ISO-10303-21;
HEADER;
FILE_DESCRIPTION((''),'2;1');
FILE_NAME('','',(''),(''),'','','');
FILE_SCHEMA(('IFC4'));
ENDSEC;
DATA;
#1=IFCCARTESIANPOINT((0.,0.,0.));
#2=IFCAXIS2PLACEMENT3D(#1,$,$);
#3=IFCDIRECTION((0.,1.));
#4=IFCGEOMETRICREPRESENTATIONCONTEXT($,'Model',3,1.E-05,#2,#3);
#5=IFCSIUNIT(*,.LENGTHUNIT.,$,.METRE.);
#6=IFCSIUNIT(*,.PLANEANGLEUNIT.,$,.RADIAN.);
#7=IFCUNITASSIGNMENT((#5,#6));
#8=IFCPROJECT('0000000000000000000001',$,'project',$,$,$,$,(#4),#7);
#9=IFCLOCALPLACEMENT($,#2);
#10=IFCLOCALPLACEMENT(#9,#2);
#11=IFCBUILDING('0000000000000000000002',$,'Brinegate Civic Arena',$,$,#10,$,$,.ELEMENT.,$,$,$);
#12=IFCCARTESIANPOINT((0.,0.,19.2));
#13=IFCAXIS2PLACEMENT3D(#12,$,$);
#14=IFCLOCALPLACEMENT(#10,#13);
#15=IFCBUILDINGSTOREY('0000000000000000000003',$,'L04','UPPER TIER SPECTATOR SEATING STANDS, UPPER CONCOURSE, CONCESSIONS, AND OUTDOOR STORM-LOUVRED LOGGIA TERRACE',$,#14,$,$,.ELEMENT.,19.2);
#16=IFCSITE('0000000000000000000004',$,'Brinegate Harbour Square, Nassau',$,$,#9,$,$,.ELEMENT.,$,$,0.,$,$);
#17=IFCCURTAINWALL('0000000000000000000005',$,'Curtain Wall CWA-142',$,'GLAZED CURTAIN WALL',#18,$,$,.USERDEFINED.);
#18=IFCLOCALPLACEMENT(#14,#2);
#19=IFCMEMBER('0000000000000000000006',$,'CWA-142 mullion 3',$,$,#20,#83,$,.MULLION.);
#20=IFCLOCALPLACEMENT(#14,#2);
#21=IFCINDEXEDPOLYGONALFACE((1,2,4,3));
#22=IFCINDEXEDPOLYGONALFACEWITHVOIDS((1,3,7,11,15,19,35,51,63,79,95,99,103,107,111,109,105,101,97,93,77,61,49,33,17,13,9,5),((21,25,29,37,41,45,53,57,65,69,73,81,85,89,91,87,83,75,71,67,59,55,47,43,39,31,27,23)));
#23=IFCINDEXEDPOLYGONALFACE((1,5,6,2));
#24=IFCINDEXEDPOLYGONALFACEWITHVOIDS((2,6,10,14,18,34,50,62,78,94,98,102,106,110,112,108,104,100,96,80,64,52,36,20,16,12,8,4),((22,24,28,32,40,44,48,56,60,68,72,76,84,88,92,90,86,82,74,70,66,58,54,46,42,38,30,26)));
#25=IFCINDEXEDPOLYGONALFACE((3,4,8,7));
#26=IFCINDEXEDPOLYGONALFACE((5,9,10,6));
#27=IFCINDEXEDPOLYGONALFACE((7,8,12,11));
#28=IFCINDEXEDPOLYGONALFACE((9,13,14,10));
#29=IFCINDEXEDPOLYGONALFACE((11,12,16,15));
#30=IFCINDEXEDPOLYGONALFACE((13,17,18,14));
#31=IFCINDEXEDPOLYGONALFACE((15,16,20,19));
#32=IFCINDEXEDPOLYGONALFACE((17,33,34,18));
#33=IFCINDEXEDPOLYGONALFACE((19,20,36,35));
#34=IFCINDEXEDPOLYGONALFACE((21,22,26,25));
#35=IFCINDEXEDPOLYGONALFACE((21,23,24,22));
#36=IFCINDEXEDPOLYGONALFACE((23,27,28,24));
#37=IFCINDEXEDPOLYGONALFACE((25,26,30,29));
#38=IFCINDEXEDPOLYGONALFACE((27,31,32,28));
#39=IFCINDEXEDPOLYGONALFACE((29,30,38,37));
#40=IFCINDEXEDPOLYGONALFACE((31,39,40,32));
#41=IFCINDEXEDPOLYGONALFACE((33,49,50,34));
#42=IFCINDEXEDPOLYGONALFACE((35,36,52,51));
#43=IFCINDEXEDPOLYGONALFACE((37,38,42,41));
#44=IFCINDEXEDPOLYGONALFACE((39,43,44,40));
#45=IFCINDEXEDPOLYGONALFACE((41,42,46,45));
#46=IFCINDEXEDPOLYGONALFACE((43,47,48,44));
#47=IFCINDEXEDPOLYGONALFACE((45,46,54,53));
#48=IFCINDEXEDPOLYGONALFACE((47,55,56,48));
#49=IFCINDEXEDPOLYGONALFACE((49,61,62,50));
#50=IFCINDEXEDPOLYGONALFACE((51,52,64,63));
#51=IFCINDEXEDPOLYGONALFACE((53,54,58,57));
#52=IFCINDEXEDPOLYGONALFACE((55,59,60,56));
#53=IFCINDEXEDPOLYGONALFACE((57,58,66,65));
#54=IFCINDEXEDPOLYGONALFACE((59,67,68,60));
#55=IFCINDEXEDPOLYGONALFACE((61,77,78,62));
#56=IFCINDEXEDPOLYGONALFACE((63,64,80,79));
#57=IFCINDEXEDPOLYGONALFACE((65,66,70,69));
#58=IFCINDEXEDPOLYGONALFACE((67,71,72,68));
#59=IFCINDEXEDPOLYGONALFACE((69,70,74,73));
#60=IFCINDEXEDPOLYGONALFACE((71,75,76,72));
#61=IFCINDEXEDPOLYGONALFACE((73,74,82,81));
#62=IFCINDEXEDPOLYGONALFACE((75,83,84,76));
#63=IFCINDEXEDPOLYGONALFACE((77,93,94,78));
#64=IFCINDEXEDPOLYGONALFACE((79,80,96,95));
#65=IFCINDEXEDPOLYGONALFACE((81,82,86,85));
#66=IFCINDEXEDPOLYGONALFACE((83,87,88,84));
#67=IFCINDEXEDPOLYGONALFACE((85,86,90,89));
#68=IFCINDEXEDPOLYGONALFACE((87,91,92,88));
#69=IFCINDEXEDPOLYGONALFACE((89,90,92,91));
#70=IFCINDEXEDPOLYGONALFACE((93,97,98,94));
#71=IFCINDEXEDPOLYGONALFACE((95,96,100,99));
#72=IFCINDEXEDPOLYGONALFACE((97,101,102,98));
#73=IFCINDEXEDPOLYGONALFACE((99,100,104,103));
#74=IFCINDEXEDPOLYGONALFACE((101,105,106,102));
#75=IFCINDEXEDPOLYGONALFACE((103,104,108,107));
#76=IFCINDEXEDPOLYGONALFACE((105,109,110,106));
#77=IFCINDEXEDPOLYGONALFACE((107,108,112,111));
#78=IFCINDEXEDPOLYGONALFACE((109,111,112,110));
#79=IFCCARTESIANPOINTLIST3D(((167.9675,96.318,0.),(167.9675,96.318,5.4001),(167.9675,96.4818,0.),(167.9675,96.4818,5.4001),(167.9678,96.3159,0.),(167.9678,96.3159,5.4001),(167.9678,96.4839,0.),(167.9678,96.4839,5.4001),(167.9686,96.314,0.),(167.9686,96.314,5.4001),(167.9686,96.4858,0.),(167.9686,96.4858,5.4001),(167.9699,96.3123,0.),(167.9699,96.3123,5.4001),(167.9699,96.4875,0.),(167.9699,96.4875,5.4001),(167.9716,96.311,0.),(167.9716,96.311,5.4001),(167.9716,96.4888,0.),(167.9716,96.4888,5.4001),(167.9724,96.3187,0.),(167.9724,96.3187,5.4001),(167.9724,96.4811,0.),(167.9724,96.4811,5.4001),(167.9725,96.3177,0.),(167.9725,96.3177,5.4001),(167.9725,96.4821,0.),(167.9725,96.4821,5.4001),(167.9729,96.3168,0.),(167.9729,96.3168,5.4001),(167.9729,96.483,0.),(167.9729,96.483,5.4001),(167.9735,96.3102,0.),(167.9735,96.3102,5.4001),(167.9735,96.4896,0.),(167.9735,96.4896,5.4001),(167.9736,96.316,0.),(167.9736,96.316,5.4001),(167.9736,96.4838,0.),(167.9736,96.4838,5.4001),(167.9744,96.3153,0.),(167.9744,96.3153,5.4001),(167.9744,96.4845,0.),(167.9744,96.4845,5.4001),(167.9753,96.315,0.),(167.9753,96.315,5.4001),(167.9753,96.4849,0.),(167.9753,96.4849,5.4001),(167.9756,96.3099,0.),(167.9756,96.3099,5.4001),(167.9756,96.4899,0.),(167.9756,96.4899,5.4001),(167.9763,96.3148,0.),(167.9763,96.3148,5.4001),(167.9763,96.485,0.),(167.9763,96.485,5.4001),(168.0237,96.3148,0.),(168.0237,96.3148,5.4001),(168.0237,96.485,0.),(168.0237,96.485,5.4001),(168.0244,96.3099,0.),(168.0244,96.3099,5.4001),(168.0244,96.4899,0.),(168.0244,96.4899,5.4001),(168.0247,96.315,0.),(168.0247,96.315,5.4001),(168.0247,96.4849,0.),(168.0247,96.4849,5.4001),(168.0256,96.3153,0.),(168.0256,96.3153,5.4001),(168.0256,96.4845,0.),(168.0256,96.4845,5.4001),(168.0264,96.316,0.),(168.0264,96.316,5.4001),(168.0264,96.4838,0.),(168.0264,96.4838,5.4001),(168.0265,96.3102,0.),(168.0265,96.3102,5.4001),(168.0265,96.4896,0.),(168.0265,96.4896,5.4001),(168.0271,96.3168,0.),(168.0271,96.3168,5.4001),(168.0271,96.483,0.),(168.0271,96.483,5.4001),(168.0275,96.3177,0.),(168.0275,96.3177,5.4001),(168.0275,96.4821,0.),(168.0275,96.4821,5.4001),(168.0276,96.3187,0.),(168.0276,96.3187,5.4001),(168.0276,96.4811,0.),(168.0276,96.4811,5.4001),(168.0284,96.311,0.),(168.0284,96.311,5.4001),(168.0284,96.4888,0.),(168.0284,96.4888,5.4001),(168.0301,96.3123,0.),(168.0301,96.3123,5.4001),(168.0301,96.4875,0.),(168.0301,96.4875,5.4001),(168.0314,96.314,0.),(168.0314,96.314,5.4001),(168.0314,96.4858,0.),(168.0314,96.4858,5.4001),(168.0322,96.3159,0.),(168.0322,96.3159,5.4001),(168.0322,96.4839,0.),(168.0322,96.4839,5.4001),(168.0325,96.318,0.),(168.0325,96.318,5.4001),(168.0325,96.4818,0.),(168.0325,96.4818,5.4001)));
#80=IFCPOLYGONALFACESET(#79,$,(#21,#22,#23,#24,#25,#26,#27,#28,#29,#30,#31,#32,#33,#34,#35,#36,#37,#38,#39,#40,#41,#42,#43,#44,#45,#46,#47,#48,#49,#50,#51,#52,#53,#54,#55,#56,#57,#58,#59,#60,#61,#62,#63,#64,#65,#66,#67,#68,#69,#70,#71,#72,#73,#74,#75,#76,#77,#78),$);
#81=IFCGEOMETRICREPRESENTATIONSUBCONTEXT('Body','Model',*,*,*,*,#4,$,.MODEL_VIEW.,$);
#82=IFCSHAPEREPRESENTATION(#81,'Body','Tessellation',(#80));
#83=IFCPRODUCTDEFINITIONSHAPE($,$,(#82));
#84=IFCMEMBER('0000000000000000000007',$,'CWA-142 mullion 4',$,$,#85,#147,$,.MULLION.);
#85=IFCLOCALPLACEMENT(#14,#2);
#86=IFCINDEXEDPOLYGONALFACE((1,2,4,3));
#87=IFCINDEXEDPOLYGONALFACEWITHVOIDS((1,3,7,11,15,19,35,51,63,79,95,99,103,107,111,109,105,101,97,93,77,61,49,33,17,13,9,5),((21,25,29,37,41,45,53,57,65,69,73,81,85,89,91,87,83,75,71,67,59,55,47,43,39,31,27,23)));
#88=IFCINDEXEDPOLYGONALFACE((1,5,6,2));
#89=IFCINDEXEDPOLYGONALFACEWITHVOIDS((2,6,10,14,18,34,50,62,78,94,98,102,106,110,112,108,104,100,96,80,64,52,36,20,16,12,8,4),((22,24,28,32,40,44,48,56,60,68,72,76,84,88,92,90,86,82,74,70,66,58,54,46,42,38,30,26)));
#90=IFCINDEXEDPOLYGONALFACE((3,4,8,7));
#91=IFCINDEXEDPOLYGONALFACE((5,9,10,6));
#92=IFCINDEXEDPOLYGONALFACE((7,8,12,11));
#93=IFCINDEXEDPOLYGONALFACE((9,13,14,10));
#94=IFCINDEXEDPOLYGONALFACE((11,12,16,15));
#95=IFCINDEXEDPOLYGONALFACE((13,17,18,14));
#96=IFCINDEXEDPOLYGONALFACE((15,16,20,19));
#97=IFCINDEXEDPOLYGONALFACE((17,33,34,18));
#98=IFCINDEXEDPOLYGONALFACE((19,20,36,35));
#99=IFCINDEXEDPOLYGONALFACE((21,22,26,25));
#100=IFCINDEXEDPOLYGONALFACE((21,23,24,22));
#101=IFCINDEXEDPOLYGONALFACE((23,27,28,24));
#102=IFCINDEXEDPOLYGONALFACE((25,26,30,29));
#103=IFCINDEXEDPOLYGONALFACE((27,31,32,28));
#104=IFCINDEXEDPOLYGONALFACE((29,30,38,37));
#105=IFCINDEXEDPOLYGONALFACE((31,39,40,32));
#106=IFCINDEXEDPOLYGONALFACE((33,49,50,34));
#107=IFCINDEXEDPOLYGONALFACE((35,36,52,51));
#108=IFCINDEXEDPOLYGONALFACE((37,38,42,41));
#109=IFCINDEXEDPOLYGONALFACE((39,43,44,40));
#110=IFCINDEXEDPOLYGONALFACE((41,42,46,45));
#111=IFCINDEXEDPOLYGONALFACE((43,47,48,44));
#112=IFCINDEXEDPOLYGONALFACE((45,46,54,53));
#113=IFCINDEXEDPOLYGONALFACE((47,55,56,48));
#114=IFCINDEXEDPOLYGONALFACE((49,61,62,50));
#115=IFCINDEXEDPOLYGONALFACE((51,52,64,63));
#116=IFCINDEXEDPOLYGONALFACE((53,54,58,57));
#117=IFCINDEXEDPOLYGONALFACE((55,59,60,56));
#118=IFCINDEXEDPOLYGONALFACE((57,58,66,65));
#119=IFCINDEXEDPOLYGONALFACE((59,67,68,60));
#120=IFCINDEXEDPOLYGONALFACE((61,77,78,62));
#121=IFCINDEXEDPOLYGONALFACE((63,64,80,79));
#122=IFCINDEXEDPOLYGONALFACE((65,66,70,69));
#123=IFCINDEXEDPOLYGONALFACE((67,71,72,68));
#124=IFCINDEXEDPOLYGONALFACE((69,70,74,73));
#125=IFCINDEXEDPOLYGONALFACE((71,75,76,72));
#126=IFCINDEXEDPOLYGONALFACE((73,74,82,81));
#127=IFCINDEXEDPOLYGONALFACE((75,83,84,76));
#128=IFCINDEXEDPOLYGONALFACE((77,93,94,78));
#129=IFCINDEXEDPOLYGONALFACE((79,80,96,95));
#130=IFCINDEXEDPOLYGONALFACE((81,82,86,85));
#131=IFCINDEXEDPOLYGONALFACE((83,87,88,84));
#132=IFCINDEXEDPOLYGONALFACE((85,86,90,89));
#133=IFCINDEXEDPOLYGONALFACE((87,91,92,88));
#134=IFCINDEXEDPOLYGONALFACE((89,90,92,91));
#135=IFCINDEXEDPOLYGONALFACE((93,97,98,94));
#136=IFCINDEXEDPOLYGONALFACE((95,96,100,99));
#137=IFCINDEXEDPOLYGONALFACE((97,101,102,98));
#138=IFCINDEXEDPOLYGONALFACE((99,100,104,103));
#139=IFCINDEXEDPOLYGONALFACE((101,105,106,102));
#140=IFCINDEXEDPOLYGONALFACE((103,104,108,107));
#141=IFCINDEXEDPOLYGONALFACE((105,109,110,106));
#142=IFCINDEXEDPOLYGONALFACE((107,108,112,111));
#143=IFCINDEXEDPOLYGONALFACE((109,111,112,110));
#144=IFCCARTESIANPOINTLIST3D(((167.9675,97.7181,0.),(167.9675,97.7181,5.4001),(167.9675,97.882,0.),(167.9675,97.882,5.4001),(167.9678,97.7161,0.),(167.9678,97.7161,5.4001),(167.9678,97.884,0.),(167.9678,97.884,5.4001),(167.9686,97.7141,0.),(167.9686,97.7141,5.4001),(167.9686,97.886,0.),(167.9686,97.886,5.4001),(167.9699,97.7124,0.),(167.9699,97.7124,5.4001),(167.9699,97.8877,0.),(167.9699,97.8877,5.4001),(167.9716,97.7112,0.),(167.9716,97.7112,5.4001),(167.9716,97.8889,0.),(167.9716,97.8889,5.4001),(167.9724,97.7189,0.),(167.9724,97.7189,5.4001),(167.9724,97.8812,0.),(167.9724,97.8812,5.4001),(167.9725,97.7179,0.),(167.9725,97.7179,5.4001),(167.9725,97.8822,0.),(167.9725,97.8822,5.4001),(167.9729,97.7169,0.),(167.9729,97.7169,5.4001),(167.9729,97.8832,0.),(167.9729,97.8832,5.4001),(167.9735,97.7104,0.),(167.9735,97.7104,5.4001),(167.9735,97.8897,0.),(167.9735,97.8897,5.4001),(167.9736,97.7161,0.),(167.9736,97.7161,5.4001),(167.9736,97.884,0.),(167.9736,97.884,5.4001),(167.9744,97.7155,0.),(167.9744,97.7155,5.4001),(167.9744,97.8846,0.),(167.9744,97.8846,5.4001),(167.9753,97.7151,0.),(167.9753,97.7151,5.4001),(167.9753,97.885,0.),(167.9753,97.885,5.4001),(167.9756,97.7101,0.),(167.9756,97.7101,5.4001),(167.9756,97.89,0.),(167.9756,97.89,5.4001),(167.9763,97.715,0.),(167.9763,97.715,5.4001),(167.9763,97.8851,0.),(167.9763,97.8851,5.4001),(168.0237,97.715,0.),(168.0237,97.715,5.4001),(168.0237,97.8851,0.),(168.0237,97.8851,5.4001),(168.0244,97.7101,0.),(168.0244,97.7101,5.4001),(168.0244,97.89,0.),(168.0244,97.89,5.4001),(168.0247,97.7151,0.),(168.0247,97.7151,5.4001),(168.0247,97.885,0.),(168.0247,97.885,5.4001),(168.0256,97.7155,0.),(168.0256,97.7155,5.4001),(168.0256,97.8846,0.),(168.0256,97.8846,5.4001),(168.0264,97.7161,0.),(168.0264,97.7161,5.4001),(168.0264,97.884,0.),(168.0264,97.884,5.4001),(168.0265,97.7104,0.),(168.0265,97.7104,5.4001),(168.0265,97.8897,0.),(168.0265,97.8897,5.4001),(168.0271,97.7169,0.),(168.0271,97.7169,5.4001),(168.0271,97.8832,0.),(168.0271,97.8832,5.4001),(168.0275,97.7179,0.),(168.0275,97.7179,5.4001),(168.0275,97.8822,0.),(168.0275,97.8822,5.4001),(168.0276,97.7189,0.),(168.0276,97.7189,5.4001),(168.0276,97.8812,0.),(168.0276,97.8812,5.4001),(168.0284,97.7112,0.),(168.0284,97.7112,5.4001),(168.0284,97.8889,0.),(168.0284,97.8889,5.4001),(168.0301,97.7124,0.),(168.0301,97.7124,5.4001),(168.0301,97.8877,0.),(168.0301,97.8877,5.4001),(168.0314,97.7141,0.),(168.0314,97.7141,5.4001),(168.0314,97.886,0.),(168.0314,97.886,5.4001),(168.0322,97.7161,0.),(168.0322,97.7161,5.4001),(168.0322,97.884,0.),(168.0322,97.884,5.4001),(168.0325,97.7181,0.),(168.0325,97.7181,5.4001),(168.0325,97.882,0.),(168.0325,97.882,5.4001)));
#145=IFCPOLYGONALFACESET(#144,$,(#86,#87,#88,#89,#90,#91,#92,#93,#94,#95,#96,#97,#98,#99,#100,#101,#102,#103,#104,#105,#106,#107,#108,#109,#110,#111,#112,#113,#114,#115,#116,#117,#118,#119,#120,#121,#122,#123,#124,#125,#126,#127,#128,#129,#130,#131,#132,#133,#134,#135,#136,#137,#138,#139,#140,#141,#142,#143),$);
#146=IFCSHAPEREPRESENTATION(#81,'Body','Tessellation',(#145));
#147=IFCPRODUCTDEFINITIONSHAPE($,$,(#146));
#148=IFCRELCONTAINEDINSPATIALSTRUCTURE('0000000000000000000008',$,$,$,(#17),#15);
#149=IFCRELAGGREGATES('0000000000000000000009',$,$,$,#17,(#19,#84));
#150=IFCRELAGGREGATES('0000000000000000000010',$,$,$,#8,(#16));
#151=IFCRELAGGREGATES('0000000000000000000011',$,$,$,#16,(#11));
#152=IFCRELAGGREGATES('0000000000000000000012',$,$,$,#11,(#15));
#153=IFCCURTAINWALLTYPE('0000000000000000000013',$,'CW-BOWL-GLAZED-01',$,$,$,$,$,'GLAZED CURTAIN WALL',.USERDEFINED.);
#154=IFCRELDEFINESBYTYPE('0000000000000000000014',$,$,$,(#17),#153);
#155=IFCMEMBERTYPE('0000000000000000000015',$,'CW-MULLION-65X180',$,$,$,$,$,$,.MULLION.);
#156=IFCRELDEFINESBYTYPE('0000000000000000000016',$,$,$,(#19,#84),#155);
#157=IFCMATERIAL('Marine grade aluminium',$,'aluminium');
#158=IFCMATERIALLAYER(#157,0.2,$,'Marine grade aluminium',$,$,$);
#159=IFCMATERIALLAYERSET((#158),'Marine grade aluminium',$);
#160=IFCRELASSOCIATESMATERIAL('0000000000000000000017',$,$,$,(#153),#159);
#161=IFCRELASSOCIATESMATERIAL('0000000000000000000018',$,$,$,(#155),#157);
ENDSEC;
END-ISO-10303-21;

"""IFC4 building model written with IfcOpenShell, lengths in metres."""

from ifc_helpers import new_model, si_unit, direction, frame, origin, origin_2d, place, context, subcontext, project, spatial, hollow_rectangle, extrude, material, layer, layer_set, material_profile, profile_set, type_object, element, aggregate, save


model = new_model("IFC4")

# Units and contexts
model_context = context("Model", 3, precision=1e-05, world=origin(), true_north=direction((0.0, 1.0)))
body_context = subcontext(model_context, "Body", "Model", "MODEL_VIEW")
ifc_project = project(units=[si_unit("LENGTHUNIT", "METRE"), si_unit("PLANEANGLEUNIT", "RADIAN")], contexts=[model_context])

# Site, building, storey
site_placement = place(None, origin())
site = spatial("IfcSite", under=ifc_project, at=site_placement, Name="Brinegate Harbour Square, Nassau", CompositionType="ELEMENT", RefElevation=0.0)
building_placement = place(site_placement, origin())
building = spatial("IfcBuilding", under=site, at=building_placement, Name="Brinegate Civic Arena", CompositionType="ELEMENT")
storey_placement = place(building_placement, frame((0.0, 0.0, 19.2)))
storey = spatial("IfcBuildingStorey", under=building, at=storey_placement, Name="L04", Description="UPPER TIER SPECTATOR SEATING STANDS, UPPER CONCOURSE, CONCESSIONS, AND OUTDOOR STORM-LOUVRED LOGGIA TERRACE", CompositionType="ELEMENT", Elevation=19.2)

# Curtain wall, members
ifc_material_1 = material(Name="Marine grade aluminium", Category="aluminium")
ifc_layer_1 = layer(ifc_material_1, 0.2, Name="Marine grade aluminium")
ifc_layer_set_1 = layer_set([ifc_layer_1], Name="Marine grade aluminium")
curtain_wall_type = type_object("IfcCurtainWallType", Name="CW-BOWL-GLAZED-01", ElementType="GLAZED CURTAIN WALL", PredefinedType="USERDEFINED", material=ifc_layer_set_1)
curtain_wall_placement = place(storey_placement, origin())
curtain_wall = element("IfcCurtainWall", 1, at=curtain_wall_placement, inside=storey, type_object=curtain_wall_type, Name="Curtain Wall CWA-142", ObjectType="GLAZED CURTAIN WALL", PredefinedType="USERDEFINED")
ifc_material_profile_1 = material_profile(ifc_material_1, hollow_rectangle(XDim=0.0649, YDim=0.1799, WallThickness=0.0049, InnerFilletRadius=0.0039, OuterFilletRadius=0.0081, at=origin_2d()), Name="MUL65X180")
ifc_profile_set_1 = profile_set([ifc_material_profile_1], Name="Marine grade aluminium")
member_type_1 = type_object("IfcMemberType", Name="CW-MULLION-65X180", PredefinedType="MULLION", material=ifc_profile_set_1)
member_1_placement = place(storey_placement, frame((168.0, 96.3999, 0.0), z_axis=(0.0, 0.0, 1.0), x_axis=(-1.0, 0.0, 0.0)))
member_1 = element("IfcMember", 2, at=member_1_placement, type_object=member_type_1, Name="CWA-142 mullion 3", PredefinedType="MULLION", context=body_context, shape_type="SweptSolid", body=[
    extrude(hollow_rectangle(XDim=0.0649, YDim=0.1799, WallThickness=0.0049, InnerFilletRadius=0.0039, OuterFilletRadius=0.0081, at=origin_2d()), origin(), (0.0, 0.0, 1.0), 5.4001),
])
member_2_placement = place(storey_placement, frame((168.0, 97.8, 0.0), z_axis=(0.0, 0.0, 1.0), x_axis=(-1.0, 0.0, 0.0)))
member_2 = element("IfcMember", 3, at=member_2_placement, type_object=member_type_1, Name="CWA-142 mullion 4", PredefinedType="MULLION", context=body_context, shape_type="SweptSolid", body=[
    extrude(hollow_rectangle(XDim=0.0649, YDim=0.1799, WallThickness=0.0049, InnerFilletRadius=0.0039, OuterFilletRadius=0.0081, at=origin_2d()), origin(), (0.0, 0.0, 1.0), 5.4001),
])
aggregate(curtain_wall, [member_1, member_2])

save(model, "model.ifc")
